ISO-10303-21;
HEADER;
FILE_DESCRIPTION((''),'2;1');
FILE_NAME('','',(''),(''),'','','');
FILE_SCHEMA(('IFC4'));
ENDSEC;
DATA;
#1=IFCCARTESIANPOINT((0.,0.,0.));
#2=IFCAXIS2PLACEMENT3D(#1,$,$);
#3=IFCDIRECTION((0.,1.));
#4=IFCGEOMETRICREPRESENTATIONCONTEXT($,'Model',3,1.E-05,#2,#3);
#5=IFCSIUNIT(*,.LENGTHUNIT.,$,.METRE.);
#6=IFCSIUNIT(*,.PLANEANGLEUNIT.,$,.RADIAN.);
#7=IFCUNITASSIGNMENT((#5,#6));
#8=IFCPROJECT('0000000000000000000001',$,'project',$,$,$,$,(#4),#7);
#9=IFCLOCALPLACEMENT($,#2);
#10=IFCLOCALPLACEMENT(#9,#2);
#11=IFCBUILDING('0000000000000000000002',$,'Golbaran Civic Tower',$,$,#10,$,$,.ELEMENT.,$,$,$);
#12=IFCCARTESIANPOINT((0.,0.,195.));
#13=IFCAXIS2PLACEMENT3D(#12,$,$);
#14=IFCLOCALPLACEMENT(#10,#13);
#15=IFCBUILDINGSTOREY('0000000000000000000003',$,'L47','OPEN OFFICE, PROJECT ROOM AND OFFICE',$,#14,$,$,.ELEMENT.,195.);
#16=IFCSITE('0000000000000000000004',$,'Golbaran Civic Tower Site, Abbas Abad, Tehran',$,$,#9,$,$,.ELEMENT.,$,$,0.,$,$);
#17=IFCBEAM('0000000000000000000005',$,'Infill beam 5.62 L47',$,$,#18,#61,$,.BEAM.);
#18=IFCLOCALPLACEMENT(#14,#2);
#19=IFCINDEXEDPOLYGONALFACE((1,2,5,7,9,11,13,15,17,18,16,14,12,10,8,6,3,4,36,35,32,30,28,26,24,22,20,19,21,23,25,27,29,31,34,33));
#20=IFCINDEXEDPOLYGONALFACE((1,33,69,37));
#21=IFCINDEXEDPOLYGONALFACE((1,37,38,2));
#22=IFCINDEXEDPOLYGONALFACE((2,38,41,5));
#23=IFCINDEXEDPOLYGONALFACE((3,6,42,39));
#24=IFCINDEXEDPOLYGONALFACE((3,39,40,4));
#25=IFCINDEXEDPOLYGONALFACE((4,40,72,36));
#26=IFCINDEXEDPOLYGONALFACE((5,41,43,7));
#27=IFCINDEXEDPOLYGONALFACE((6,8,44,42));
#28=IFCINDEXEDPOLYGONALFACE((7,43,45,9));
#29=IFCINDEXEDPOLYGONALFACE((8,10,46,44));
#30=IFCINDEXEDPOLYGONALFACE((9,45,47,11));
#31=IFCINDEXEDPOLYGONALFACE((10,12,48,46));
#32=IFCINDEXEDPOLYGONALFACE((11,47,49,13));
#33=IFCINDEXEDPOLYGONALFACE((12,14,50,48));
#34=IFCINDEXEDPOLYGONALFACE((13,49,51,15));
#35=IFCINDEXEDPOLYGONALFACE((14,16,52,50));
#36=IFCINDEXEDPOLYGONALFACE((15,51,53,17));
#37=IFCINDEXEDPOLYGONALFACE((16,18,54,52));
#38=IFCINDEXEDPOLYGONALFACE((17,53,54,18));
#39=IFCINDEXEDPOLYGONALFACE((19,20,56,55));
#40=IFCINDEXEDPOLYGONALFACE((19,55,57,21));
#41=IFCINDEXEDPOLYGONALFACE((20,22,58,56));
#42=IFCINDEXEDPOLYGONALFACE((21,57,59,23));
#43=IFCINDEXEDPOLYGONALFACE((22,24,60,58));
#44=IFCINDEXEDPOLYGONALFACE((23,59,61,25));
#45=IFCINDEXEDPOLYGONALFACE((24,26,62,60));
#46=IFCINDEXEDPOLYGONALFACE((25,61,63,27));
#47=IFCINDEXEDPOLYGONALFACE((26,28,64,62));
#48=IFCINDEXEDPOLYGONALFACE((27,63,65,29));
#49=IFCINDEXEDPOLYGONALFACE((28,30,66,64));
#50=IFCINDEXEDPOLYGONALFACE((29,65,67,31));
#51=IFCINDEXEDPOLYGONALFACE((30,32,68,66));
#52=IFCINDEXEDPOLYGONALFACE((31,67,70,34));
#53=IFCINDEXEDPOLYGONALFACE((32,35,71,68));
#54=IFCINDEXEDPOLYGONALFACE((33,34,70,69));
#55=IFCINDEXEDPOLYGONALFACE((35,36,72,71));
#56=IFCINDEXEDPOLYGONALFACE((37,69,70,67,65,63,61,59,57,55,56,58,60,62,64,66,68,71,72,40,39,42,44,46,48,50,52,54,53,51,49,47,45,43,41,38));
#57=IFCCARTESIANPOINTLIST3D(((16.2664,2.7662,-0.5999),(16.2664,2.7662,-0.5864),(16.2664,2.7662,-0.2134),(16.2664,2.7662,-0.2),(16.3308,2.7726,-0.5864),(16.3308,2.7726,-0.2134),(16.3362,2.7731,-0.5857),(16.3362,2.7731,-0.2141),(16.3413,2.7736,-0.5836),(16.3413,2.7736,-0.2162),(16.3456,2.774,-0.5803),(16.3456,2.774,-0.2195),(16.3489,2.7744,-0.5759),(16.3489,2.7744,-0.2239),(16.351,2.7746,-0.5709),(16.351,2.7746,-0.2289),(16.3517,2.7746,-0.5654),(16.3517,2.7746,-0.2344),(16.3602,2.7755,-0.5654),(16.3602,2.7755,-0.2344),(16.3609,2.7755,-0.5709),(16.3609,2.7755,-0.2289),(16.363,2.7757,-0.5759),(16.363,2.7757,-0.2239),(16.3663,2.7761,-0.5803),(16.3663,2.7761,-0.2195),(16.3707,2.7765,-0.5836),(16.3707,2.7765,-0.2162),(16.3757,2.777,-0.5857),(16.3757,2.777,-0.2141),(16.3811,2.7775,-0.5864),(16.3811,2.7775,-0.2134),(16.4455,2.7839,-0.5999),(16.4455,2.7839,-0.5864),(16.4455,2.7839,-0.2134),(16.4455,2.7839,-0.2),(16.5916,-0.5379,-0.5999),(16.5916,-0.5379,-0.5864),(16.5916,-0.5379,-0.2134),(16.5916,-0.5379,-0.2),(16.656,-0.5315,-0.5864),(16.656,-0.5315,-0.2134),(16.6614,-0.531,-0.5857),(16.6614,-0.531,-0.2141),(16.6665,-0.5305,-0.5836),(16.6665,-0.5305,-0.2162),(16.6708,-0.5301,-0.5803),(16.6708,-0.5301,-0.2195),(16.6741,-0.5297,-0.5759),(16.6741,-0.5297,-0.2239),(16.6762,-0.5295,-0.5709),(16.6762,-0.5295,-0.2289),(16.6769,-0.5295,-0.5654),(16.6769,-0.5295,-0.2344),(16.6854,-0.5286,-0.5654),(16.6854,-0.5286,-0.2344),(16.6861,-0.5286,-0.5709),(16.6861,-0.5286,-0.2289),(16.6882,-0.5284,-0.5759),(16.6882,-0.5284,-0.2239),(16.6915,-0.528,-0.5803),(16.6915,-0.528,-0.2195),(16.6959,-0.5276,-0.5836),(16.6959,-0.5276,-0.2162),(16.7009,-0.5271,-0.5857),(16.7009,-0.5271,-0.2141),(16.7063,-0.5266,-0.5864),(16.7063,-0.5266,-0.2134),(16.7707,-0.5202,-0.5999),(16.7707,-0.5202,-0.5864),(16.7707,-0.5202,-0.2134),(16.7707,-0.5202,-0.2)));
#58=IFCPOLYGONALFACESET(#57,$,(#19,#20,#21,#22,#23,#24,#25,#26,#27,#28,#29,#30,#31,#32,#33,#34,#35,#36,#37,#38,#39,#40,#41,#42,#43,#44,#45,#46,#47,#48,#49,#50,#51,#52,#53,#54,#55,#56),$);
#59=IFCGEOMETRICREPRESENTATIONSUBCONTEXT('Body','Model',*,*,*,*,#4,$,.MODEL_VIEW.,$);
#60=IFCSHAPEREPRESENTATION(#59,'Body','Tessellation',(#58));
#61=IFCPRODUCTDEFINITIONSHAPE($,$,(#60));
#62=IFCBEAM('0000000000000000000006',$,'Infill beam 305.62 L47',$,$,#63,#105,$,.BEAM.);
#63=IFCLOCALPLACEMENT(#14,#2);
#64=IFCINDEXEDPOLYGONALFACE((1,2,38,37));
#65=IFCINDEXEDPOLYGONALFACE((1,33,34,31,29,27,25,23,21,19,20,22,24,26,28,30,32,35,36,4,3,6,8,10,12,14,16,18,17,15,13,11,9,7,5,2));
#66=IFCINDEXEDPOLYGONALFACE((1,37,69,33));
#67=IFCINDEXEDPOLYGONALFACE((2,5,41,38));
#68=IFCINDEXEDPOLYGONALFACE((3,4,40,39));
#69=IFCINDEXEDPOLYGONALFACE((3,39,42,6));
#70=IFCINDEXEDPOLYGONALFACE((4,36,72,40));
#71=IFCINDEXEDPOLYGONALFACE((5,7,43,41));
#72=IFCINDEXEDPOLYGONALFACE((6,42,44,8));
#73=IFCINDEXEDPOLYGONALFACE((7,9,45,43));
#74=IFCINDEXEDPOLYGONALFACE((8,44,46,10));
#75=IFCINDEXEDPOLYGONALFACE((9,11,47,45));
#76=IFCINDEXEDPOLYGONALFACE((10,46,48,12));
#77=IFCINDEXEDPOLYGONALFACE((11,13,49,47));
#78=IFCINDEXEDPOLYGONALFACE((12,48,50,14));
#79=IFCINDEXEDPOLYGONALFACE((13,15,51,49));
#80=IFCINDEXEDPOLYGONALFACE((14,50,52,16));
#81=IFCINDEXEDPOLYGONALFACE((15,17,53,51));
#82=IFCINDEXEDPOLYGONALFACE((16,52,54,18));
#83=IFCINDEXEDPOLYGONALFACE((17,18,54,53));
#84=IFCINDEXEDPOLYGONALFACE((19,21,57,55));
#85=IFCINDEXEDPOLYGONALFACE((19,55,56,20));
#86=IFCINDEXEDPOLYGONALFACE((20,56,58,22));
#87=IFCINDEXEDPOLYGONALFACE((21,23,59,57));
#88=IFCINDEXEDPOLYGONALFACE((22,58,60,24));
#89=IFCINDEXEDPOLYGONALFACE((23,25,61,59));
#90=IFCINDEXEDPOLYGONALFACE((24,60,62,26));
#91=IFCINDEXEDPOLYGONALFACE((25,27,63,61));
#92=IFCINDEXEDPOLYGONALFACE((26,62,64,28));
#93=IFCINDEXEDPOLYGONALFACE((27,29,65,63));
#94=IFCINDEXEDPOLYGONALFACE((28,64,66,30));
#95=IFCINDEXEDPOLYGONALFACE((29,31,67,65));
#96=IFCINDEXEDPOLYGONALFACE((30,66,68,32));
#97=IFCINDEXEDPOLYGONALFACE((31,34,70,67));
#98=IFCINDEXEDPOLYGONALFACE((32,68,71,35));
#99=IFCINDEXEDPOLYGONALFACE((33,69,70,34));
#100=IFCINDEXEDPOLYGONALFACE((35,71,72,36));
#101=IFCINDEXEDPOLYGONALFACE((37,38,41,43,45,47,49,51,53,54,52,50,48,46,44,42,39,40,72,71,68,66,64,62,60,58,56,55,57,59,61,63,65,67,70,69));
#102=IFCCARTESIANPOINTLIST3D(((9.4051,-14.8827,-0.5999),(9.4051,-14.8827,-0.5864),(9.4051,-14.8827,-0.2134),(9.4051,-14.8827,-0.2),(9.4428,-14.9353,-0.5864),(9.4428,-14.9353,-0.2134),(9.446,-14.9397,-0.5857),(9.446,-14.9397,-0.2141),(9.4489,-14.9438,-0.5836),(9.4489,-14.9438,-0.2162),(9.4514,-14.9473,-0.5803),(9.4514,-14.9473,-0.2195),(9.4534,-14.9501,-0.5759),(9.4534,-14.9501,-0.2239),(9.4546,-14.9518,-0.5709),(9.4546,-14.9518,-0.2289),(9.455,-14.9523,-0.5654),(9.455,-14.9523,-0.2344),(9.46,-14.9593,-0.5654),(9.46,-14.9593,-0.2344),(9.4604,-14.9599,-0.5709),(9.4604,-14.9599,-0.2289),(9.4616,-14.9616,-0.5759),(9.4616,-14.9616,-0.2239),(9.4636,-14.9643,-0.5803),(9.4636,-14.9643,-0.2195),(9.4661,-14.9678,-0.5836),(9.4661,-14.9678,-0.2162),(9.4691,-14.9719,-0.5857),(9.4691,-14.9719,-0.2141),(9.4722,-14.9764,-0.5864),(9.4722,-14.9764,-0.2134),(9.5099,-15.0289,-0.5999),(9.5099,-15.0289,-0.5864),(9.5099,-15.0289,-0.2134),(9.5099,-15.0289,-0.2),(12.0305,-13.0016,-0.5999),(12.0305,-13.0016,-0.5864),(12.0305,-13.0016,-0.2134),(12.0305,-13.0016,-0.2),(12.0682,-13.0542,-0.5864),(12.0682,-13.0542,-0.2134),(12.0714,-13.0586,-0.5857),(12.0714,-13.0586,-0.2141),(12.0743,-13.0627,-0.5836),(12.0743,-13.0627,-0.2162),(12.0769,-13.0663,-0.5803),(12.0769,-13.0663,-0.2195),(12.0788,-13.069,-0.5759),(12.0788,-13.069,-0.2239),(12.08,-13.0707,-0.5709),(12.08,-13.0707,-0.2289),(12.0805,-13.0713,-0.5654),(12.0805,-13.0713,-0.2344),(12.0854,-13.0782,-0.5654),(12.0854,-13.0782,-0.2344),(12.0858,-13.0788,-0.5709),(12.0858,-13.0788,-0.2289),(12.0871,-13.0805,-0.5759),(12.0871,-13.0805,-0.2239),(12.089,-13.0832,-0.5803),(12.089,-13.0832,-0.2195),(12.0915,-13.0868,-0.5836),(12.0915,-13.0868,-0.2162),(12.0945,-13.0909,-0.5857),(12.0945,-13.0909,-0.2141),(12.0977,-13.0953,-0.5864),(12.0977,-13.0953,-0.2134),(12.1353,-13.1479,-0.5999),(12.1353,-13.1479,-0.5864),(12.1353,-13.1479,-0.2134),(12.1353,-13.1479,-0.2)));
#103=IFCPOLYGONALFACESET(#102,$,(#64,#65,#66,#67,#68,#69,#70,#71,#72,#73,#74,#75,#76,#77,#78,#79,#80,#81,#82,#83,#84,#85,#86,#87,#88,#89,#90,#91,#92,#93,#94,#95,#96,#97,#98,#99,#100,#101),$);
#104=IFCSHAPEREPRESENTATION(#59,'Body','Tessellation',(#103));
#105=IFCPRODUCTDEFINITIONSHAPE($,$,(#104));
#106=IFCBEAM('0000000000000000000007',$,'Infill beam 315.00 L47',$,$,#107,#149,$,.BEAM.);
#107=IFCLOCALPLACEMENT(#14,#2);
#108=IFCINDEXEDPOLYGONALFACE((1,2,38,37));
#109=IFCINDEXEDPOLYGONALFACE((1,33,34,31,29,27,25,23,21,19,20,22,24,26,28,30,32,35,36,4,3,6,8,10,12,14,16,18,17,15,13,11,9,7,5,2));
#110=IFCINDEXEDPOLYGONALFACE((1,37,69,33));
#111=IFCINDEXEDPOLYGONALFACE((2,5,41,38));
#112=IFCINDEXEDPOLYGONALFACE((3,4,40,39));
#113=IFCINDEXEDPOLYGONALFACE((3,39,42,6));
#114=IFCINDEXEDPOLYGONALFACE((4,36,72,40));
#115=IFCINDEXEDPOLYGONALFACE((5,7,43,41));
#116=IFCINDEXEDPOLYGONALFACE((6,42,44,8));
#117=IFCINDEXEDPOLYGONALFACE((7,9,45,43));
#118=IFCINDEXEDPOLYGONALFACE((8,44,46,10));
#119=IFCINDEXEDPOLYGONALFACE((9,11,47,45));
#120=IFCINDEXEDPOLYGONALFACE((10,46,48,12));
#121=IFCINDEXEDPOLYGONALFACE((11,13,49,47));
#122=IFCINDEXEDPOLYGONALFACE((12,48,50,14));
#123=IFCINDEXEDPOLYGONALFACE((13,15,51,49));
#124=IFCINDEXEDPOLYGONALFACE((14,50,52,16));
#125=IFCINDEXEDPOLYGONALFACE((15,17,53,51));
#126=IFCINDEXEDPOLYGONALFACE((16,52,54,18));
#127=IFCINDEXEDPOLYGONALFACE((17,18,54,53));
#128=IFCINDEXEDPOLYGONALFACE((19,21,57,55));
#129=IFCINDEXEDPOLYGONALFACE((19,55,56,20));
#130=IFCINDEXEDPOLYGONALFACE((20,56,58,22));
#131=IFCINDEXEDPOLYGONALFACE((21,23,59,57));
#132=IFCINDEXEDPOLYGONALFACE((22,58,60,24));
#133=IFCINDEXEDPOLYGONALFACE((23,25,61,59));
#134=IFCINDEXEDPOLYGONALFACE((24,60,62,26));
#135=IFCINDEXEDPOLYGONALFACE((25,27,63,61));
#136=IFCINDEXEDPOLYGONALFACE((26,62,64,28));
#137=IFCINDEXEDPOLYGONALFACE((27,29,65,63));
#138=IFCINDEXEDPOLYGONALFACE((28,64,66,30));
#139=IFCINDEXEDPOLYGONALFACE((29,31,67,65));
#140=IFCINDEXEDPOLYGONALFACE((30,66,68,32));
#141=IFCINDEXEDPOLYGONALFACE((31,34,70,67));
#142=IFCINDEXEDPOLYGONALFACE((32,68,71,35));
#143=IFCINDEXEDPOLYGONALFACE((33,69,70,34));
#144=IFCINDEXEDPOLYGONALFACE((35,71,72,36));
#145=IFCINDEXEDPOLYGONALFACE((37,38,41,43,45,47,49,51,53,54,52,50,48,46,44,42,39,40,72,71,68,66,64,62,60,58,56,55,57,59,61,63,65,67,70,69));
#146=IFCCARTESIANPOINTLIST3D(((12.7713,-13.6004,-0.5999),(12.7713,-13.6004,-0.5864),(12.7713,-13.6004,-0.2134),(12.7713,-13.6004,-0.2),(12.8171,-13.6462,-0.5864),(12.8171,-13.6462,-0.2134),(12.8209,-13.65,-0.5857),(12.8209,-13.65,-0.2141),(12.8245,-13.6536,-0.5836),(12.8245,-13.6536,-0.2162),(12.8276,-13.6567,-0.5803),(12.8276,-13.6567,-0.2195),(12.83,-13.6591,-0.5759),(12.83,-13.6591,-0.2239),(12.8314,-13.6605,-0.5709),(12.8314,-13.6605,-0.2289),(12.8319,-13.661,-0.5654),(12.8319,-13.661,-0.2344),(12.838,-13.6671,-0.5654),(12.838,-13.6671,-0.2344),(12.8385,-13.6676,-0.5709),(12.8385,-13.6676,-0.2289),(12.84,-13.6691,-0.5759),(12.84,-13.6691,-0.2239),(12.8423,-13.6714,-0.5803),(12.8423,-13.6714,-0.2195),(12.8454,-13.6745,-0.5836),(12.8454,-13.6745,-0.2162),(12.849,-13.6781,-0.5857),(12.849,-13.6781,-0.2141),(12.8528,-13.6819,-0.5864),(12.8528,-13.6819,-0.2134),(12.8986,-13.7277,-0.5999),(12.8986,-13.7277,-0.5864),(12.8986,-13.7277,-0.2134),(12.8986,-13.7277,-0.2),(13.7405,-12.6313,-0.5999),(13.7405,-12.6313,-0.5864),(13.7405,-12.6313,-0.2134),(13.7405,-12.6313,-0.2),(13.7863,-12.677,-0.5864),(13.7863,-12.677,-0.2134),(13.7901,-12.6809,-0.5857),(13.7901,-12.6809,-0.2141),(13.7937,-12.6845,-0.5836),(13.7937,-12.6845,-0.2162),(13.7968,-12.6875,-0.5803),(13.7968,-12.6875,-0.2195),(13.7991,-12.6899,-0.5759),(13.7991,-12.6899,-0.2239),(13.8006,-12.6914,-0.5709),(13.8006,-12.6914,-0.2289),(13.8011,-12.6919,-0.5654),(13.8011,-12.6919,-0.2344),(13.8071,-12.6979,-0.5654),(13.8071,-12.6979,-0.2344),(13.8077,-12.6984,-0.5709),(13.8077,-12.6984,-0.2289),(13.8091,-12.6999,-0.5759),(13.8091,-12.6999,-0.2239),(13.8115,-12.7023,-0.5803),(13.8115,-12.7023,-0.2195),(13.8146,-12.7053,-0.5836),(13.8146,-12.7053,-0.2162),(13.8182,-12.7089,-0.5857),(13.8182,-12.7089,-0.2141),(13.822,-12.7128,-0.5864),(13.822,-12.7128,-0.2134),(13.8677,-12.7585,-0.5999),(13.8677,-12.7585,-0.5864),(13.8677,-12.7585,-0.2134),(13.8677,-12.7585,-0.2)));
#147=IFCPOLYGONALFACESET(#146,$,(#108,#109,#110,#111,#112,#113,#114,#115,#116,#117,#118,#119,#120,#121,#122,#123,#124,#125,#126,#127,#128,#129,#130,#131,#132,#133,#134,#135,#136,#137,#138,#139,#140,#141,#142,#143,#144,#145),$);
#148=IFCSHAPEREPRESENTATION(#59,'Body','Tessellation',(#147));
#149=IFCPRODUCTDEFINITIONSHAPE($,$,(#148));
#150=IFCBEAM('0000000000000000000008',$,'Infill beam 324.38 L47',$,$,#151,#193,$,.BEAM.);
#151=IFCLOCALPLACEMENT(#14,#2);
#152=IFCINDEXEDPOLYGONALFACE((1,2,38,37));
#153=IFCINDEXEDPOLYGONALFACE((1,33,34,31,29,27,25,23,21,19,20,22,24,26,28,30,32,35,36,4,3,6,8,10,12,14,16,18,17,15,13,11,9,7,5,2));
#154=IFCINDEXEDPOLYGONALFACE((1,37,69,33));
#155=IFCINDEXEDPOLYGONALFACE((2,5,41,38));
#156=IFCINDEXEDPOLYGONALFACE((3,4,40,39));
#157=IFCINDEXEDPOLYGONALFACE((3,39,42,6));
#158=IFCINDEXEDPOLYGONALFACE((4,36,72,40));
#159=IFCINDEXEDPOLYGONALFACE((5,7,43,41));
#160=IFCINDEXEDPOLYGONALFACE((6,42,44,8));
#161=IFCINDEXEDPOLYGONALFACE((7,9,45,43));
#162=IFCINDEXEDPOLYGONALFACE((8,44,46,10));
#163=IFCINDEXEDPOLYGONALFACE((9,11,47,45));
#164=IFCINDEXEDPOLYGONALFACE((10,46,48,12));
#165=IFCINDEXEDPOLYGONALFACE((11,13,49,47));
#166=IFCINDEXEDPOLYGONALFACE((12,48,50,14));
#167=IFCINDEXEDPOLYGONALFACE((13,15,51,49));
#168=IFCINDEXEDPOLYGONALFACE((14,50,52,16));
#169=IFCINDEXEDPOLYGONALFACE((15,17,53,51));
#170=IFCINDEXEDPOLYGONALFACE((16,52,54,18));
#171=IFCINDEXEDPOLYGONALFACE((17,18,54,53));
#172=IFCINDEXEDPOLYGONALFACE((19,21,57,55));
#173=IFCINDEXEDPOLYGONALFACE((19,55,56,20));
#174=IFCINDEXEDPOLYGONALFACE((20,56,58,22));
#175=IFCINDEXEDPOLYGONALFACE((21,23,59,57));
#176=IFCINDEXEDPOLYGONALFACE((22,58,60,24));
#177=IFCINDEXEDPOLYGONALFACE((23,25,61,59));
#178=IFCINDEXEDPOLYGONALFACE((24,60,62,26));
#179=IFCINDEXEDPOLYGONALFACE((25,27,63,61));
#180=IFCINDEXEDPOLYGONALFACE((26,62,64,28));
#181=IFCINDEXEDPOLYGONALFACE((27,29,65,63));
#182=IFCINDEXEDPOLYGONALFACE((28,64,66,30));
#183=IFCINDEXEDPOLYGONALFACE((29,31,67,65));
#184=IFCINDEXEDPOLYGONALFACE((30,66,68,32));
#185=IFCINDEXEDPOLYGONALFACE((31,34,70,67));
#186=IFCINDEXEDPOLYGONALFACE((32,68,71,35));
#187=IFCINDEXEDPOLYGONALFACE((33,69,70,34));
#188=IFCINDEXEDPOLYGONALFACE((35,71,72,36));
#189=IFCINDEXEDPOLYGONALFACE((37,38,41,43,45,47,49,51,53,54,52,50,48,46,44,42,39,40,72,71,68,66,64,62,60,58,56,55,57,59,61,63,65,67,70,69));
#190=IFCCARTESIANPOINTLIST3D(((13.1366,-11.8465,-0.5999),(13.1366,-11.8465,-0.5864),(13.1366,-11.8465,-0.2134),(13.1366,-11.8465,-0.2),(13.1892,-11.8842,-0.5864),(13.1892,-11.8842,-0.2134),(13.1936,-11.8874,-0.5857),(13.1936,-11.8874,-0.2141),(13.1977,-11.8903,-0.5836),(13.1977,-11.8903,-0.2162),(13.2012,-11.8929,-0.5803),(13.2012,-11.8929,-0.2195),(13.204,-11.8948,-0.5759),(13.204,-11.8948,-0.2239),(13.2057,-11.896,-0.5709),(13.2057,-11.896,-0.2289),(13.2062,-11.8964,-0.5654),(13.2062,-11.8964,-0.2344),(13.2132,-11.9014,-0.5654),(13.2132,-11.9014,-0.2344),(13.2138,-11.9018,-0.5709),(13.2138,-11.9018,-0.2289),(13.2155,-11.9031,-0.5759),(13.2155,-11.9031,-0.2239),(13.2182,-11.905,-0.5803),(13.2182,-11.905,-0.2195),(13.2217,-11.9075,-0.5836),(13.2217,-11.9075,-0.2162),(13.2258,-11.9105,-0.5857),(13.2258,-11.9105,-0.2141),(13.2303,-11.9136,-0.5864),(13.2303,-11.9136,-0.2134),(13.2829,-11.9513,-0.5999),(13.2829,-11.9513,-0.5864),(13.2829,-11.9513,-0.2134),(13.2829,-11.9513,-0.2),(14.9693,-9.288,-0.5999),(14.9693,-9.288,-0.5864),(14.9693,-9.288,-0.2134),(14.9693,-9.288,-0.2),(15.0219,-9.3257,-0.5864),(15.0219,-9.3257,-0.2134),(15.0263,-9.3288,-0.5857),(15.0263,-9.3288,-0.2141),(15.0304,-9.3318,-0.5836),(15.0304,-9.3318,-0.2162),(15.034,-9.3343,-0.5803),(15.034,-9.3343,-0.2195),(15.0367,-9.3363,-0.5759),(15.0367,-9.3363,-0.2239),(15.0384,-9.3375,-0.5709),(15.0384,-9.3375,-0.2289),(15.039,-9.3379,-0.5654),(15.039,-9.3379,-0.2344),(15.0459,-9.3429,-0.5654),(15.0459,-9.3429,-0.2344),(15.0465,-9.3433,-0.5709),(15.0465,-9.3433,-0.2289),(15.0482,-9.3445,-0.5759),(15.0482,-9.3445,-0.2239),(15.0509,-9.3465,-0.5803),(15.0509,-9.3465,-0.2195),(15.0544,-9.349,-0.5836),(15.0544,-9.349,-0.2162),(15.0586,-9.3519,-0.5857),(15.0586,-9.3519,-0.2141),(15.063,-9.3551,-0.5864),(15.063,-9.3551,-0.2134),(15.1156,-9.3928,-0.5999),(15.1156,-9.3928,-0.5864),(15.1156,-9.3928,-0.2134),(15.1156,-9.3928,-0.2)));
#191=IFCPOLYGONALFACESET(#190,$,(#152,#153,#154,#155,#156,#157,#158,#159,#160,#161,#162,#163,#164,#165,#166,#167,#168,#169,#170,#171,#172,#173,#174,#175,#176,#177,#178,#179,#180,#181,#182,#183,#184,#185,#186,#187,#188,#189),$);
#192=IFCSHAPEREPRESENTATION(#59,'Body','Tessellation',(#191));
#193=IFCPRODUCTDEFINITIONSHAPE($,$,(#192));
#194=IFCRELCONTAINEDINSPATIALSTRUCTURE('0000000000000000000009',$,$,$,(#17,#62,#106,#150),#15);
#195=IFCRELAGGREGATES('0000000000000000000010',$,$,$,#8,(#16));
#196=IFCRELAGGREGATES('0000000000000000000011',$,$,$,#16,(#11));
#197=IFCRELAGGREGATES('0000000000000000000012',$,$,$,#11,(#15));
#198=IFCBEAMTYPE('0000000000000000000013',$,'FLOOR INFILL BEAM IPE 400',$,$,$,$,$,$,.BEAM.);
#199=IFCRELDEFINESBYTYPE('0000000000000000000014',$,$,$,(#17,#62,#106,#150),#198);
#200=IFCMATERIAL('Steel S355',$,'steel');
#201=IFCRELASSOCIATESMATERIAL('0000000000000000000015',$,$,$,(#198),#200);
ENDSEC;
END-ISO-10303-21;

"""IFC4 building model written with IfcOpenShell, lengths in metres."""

from ifc_helpers import new_model, si_unit, direction, frame, origin, origin_2d, place, context, subcontext, project, spatial, i_section, extrude, material, material_profile, profile_set, type_object, element, save


model = new_model("IFC4")

# Units and contexts
model_context = context("Model", 3, precision=1e-05, world=origin(), true_north=direction((0.0, 1.0)))
body_context = subcontext(model_context, "Body", "Model", "MODEL_VIEW")
ifc_project = project(units=[si_unit("LENGTHUNIT", "METRE"), si_unit("PLANEANGLEUNIT", "RADIAN")], contexts=[model_context])

# Site, building, storey
site_placement = place(None, origin())
site = spatial("IfcSite", under=ifc_project, at=site_placement, Name="Golbaran Civic Tower Site, Abbas Abad, Tehran", CompositionType="ELEMENT", RefElevation=0.0)
building_placement = place(site_placement, origin())
building = spatial("IfcBuilding", under=site, at=building_placement, Name="Golbaran Civic Tower", CompositionType="ELEMENT")
storey_placement = place(building_placement, frame((0.0, 0.0, 195.0)))
storey = spatial("IfcBuildingStorey", under=building, at=storey_placement, Name="L47", Description="OPEN OFFICE, PROJECT ROOM AND OFFICE", CompositionType="ELEMENT", Elevation=195.0)

# Beams
ifc_material_1 = material(Name="Steel S355", Category="steel")
ifc_material_profile_1 = material_profile(ifc_material_1, i_section(OverallWidth=0.1799, OverallDepth=0.3999, WebThickness=0.0085, FlangeThickness=0.0134, FilletRadius=0.021, at=origin_2d()), Name="IPE 400")
ifc_profile_set_1 = profile_set([ifc_material_profile_1], Name="Steel S355")
beam_type_1 = type_object("IfcBeamType", Name="FLOOR INFILL BEAM IPE 400", PredefinedType="BEAM", material=ifc_profile_set_1)
beam_1_placement = place(storey_placement, frame((16.6812, -0.5291, -0.3999), z_axis=(-0.097946, 0.995192, 0.0), x_axis=(-0.995192, -0.097946, 0.0)))
element("IfcBeam", 1, at=beam_1_placement, inside=storey, type_object=beam_type_1, Name="Infill beam 5.62 L47", PredefinedType="BEAM", context=body_context, shape_type="SweptSolid", body=[
    extrude(i_section(OverallWidth=0.1799, OverallDepth=0.3999, WebThickness=0.0085, FlangeThickness=0.0134, FilletRadius=0.021, at=origin_2d()), origin(), (0.0, 0.0, 1.0), 3.3201),
])
beam_2_placement = place(storey_placement, frame((9.4575, -14.9558, -0.3999), z_axis=(0.81289, 0.582417, 0.0), x_axis=(-0.582417, 0.81289, 0.0)))
element("IfcBeam", 2, at=beam_2_placement, inside=storey, type_object=beam_type_1, Name="Infill beam 305.62 L47", PredefinedType="BEAM", context=body_context, shape_type="SweptSolid", body=[
    extrude(i_section(OverallWidth=0.1799, OverallDepth=0.3999, WebThickness=0.0085, FlangeThickness=0.0134, FilletRadius=0.021, at=origin_2d()), origin(), (0.0, 0.0, 1.0), 3.2297),
])
beam_3_placement = place(storey_placement, frame((12.835, -13.6641, -0.3999), z_axis=(0.707107, 0.707107, 0.0), x_axis=(-0.707107, 0.707107, 0.0)))
element("IfcBeam", 3, at=beam_3_placement, inside=storey, type_object=beam_type_1, Name="Infill beam 315.00 L47", PredefinedType="BEAM", context=body_context, shape_type="SweptSolid", body=[
    extrude(i_section(OverallWidth=0.1799, OverallDepth=0.3999, WebThickness=0.0085, FlangeThickness=0.0134, FilletRadius=0.021, at=origin_2d()), origin(), (0.0, 0.0, 1.0), 1.3706),
])
beam_4_placement = place(storey_placement, frame((13.2097, -11.8989, -0.3999), z_axis=(0.582331, 0.812952, 0.0), x_axis=(-0.812952, 0.582331, 0.0)))
element("IfcBeam", 4, at=beam_4_placement, inside=storey, type_object=beam_type_1, Name="Infill beam 324.38 L47", PredefinedType="BEAM", context=body_context, shape_type="SweptSolid", body=[
    extrude(i_section(OverallWidth=0.1799, OverallDepth=0.3999, WebThickness=0.0085, FlangeThickness=0.0134, FilletRadius=0.021, at=origin_2d()), origin(), (0.0, 0.0, 1.0), 3.1472),
])

save(model, "model.ifc")
